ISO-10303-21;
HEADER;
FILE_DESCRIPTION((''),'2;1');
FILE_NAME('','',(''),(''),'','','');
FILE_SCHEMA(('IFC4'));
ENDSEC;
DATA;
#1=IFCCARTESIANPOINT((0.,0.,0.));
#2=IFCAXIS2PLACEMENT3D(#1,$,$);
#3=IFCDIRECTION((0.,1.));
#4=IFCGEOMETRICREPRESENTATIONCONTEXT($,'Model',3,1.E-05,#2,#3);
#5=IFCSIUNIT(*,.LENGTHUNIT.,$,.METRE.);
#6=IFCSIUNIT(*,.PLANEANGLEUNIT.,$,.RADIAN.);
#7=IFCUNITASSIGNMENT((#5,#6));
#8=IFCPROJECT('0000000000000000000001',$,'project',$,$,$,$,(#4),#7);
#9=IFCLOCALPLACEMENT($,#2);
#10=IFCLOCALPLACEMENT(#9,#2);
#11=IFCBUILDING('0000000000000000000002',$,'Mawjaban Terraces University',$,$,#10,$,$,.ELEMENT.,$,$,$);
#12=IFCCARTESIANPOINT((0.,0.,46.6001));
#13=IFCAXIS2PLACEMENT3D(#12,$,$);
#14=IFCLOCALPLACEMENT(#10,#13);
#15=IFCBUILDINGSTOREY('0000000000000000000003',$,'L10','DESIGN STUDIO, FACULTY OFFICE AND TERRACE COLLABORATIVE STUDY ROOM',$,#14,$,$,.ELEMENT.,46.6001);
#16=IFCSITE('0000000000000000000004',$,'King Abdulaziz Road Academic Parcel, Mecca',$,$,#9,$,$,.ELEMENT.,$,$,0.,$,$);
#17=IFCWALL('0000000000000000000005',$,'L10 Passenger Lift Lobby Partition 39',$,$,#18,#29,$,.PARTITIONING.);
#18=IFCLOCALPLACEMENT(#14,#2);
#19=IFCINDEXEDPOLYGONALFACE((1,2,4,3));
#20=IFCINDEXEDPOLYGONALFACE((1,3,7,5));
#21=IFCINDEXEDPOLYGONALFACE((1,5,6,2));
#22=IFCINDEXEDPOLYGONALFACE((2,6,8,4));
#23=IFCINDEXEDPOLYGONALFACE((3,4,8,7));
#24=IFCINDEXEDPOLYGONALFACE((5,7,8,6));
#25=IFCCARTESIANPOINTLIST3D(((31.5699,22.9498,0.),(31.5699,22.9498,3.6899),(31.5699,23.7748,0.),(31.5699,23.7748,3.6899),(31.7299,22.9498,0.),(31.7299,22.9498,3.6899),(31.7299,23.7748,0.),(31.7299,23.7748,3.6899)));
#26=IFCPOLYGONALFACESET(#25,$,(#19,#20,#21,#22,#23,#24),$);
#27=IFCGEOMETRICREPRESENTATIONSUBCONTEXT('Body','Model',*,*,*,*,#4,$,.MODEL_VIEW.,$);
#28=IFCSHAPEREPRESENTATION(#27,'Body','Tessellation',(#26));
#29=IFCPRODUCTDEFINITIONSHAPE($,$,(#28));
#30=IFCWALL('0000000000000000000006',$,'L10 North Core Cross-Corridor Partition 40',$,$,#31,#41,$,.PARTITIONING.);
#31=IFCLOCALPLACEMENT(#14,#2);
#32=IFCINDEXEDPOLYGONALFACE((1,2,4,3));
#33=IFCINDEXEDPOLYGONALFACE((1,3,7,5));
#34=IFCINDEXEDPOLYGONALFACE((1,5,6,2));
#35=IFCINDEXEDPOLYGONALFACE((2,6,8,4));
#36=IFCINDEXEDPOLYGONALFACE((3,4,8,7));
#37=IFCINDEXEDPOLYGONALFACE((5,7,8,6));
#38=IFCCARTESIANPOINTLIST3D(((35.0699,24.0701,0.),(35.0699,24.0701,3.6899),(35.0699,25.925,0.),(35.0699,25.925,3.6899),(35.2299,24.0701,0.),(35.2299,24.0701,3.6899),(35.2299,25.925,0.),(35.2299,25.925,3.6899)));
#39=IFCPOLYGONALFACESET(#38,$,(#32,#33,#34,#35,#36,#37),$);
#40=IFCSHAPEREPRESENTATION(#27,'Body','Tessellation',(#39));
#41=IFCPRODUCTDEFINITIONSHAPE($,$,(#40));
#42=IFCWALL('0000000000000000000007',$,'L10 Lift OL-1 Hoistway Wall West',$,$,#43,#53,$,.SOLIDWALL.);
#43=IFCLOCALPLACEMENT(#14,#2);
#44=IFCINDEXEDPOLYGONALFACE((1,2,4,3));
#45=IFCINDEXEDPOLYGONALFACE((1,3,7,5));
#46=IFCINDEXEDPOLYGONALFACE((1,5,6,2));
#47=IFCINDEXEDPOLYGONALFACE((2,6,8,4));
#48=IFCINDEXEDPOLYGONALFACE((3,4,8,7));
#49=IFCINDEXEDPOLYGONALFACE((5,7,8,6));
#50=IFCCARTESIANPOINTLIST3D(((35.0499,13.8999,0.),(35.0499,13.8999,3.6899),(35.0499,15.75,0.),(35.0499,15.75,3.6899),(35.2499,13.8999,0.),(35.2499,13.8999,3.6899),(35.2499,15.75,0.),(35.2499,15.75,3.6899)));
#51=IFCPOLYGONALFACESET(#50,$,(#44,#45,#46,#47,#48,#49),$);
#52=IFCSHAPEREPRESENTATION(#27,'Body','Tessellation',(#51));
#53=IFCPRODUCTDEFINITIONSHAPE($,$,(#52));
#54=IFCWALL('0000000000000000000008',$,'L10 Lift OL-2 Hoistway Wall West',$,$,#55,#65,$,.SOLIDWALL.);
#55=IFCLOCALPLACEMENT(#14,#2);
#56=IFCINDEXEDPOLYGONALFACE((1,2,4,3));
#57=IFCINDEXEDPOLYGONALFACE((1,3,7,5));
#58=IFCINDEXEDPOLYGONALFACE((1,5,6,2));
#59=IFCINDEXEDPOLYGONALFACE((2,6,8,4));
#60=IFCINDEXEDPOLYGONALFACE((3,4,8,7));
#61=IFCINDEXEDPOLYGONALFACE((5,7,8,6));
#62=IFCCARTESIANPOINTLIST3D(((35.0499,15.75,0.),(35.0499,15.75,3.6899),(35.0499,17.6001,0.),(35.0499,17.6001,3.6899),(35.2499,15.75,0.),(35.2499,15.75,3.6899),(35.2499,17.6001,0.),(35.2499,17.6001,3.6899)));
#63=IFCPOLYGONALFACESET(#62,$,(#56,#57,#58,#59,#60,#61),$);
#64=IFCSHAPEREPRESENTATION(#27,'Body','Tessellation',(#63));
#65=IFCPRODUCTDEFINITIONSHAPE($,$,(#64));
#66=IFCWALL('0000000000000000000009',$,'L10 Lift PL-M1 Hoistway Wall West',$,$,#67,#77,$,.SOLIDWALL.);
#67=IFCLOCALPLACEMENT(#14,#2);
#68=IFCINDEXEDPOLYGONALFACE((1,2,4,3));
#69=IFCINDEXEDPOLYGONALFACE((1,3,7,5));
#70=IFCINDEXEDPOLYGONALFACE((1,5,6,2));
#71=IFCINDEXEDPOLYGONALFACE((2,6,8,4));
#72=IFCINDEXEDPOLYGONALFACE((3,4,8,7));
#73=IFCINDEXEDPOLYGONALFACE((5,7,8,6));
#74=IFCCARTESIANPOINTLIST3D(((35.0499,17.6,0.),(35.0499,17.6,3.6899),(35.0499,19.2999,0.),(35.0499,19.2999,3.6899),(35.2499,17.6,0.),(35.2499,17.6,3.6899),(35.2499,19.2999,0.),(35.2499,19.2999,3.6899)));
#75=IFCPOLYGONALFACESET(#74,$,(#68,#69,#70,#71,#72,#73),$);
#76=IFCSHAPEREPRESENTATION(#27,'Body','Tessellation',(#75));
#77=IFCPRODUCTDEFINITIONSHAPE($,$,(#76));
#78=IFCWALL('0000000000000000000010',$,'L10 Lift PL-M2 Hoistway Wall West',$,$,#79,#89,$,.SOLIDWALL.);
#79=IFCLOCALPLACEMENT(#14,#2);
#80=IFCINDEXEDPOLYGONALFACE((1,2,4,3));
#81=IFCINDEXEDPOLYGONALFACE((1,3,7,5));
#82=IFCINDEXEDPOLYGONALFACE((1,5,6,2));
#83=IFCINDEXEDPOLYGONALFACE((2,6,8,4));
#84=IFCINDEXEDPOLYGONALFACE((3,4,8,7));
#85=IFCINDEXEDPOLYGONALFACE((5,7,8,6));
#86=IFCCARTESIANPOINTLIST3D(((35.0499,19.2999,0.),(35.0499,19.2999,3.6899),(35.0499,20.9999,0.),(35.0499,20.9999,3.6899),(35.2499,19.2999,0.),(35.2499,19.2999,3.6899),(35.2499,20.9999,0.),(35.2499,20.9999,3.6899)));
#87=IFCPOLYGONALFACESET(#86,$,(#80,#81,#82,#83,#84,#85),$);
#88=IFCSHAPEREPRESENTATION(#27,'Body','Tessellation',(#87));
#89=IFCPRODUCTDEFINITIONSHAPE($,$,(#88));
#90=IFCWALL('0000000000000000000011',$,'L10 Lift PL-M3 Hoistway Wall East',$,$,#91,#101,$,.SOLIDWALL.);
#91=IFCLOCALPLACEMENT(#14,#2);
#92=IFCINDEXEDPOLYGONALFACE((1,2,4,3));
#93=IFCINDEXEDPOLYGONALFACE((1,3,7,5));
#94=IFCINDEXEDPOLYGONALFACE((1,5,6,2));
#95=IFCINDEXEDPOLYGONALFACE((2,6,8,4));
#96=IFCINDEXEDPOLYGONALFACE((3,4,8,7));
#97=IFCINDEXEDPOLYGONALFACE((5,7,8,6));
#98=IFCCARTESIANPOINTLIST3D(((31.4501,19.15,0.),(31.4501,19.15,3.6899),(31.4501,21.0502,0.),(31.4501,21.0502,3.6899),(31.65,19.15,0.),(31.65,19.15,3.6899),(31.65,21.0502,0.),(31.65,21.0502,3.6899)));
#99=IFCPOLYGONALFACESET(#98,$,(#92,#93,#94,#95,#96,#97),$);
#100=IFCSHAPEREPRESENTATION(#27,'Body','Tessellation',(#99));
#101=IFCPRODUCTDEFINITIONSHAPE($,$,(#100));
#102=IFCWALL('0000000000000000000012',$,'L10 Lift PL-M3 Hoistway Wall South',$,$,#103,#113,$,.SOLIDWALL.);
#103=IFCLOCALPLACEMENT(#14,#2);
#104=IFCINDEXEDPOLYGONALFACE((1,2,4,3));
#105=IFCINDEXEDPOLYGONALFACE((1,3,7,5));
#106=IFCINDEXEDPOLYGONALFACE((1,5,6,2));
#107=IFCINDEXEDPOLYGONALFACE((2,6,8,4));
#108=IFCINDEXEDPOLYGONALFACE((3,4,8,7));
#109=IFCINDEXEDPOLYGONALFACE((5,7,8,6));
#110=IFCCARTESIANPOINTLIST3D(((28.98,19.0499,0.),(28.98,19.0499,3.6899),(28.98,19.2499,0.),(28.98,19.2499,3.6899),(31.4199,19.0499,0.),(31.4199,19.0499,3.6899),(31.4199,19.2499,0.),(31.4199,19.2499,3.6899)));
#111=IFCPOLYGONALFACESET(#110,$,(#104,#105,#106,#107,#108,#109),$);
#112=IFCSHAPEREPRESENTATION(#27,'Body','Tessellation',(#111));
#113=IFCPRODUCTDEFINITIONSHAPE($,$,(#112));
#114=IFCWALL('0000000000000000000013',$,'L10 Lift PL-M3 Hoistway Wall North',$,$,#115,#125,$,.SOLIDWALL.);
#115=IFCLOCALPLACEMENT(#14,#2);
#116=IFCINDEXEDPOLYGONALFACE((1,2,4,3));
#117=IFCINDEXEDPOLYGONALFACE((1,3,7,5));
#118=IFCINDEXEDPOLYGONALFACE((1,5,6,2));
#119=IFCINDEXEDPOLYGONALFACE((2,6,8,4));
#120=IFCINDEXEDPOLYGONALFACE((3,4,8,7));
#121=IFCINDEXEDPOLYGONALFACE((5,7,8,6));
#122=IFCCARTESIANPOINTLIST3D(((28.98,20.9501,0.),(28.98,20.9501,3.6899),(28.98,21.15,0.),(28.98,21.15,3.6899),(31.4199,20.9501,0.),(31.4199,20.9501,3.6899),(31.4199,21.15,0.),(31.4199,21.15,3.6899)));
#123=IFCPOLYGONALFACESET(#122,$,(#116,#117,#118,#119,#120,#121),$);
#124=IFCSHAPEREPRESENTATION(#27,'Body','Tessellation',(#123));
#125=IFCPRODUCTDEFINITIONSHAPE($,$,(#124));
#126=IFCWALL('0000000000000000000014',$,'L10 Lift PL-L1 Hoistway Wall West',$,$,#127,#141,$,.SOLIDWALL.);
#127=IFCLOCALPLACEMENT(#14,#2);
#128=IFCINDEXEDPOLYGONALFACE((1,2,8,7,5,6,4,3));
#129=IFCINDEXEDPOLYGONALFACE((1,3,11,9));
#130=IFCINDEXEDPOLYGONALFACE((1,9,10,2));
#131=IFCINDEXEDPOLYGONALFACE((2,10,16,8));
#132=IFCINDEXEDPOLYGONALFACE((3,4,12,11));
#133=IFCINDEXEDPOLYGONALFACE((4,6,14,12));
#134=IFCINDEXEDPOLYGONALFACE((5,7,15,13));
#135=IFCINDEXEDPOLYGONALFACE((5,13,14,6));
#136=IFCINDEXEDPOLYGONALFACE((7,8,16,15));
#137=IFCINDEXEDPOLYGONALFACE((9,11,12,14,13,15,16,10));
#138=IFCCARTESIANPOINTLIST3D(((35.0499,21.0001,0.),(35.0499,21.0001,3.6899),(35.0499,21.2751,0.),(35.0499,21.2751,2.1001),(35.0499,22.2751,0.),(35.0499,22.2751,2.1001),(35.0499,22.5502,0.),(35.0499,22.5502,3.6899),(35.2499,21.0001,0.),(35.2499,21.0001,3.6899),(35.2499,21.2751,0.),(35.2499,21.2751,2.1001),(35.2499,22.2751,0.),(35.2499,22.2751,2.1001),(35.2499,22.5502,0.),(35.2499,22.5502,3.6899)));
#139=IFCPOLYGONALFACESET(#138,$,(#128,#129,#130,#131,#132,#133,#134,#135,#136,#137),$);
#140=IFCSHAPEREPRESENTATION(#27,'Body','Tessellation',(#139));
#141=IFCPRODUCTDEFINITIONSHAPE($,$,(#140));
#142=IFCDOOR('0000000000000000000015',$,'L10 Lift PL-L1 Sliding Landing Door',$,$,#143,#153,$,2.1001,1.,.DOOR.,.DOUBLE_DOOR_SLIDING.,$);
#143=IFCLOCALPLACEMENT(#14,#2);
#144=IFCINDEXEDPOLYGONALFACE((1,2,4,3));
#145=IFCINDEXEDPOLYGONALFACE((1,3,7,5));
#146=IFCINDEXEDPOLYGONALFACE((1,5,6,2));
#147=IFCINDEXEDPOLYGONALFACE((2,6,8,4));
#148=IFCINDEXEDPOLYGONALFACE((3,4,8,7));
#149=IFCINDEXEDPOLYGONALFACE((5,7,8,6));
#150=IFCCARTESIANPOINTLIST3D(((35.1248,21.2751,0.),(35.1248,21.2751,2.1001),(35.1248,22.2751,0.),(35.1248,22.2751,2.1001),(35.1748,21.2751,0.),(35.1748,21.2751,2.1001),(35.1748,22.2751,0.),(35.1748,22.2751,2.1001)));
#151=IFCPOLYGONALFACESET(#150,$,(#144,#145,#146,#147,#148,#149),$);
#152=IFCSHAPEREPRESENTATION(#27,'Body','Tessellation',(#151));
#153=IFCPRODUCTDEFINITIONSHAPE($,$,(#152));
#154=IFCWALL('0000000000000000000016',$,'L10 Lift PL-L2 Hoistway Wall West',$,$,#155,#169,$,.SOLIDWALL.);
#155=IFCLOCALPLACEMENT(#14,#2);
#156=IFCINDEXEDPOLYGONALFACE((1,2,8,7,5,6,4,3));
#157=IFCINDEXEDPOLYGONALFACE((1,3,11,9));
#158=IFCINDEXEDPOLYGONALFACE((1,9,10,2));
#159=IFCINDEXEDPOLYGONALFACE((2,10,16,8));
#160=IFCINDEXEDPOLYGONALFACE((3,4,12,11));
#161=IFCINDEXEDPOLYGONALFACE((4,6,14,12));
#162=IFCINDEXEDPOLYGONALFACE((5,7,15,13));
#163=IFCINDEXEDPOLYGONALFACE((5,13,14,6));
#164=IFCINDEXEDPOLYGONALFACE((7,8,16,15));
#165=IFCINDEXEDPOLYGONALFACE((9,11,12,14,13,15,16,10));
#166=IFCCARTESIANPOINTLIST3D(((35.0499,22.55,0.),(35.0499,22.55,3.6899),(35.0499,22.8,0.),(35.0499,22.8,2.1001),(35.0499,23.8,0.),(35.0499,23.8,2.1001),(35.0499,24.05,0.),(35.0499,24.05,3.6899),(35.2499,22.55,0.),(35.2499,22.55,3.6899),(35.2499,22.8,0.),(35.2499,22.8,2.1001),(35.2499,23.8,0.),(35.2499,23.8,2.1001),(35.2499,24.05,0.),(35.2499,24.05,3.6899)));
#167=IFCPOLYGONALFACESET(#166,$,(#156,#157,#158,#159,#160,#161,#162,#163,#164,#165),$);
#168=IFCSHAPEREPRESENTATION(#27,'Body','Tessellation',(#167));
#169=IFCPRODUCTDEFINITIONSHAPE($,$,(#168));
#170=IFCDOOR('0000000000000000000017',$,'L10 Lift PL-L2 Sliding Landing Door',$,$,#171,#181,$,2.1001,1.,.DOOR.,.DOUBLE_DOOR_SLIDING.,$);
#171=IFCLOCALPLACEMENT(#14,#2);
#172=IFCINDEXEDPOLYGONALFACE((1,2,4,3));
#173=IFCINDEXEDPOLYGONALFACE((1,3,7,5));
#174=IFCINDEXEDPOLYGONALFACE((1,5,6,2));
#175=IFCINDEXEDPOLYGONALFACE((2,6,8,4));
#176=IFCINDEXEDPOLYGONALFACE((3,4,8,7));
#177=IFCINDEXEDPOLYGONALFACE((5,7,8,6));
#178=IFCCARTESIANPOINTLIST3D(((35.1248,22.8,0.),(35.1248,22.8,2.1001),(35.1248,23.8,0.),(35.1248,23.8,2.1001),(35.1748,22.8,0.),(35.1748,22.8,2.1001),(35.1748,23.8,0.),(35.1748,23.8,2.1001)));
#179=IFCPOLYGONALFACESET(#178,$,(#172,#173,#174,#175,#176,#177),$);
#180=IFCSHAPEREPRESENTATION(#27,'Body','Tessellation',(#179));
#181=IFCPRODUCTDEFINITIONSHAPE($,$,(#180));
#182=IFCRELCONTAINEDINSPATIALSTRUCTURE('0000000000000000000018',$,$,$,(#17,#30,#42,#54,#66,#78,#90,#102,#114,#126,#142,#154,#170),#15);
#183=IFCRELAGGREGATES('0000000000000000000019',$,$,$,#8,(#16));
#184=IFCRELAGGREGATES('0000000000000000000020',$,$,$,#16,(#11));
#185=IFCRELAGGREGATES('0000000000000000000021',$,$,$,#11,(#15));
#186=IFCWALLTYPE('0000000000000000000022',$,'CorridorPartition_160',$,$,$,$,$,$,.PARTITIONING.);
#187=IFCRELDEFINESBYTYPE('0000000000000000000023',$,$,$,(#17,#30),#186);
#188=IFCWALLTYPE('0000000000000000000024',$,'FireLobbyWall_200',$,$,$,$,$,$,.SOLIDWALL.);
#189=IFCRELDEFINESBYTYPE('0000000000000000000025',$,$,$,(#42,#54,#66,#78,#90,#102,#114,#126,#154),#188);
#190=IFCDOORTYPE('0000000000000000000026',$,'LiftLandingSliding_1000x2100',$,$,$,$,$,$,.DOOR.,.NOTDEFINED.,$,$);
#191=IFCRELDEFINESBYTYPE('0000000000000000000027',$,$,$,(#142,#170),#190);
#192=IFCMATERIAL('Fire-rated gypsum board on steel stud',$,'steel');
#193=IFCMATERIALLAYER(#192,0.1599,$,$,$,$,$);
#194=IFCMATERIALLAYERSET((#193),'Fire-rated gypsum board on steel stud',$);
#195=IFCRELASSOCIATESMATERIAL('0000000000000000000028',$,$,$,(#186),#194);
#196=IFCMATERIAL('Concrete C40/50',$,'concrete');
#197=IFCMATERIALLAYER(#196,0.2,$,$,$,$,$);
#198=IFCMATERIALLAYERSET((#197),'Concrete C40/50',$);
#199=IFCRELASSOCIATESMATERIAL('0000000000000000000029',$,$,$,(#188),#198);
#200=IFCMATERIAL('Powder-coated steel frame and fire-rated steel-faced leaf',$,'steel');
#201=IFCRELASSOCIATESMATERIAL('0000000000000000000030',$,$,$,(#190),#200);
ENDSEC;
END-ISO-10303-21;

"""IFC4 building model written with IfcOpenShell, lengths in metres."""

from ifc_helpers import new_model, si_unit, direction, frame, frame_2d, origin, place, context, subcontext, project, spatial, rectangle, extrude, material, layer, layer_set, type_object, element, fill, save


model = new_model("IFC4")

# Units and contexts
model_context = context("Model", 3, precision=1e-05, world=origin(), true_north=direction((0.0, 1.0)))
body_context = subcontext(model_context, "Body", "Model", "MODEL_VIEW")
ifc_project = project(units=[si_unit("LENGTHUNIT", "METRE"), si_unit("PLANEANGLEUNIT", "RADIAN")], contexts=[model_context])

# Site, building, storey
site_placement = place(None, origin())
site = spatial("IfcSite", under=ifc_project, at=site_placement, Name="King Abdulaziz Road Academic Parcel, Mecca", CompositionType="ELEMENT", RefElevation=0.0)
building_placement = place(site_placement, origin())
building = spatial("IfcBuilding", under=site, at=building_placement, Name="Mawjaban Terraces University", CompositionType="ELEMENT")
storey_placement = place(building_placement, frame((0.0, 0.0, 46.6001)))
storey = spatial("IfcBuildingStorey", under=building, at=storey_placement, Name="L10", Description="DESIGN STUDIO, FACULTY OFFICE AND TERRACE COLLABORATIVE STUDY ROOM", CompositionType="ELEMENT", Elevation=46.6001)

# Walls
ifc_material_1 = material(Name="Fire-rated gypsum board on steel stud", Category="steel")
ifc_layer_1 = layer(ifc_material_1, 0.1599)
ifc_layer_set_1 = layer_set([ifc_layer_1], Name="Fire-rated gypsum board on steel stud")
wall_type_1 = type_object("IfcWallType", Name="CorridorPartition_160", PredefinedType="PARTITIONING", material=ifc_layer_set_1)
wall_1_placement = place(storey_placement, frame((31.6499, 23.7749, 0.0), z_axis=(0.0, 0.0, 1.0), x_axis=(0.0, -1.0, 0.0)))
element("IfcWall", 1, at=wall_1_placement, inside=storey, type_object=wall_type_1, Name="L10 Passenger Lift Lobby Partition 39", PredefinedType="PARTITIONING", context=body_context, shape_type="SweptSolid", body=[
    extrude(rectangle(XDim=0.825, YDim=0.1599, at=frame_2d((0.4126, 0.0))), origin(), (0.0, 0.0, 1.0), 3.6899),
])
wall_2_placement = place(storey_placement, frame((35.1499, 24.0701, 0.0), z_axis=(0.0, 0.0, 1.0), x_axis=(0.0, 1.0, 0.0)))
element("IfcWall", 2, at=wall_2_placement, inside=storey, type_object=wall_type_1, Name="L10 North Core Cross-Corridor Partition 40", PredefinedType="PARTITIONING", context=body_context, shape_type="SweptSolid", body=[
    extrude(rectangle(XDim=1.855, YDim=0.1599, at=frame_2d((0.9275, 0.0))), origin(), (0.0, 0.0, 1.0), 3.6899),
])
ifc_material_2 = material(Name="Concrete C40/50", Category="concrete")
ifc_layer_2 = layer(ifc_material_2, 0.2)
ifc_layer_set_2 = layer_set([ifc_layer_2], Name="Concrete C40/50")
wall_type_2 = type_object("IfcWallType", Name="FireLobbyWall_200", PredefinedType="SOLIDWALL", material=ifc_layer_set_2)
for number, where, z_axis, x_axis, name in (
    (3, (35.1499, 15.75, 0.0), (0.0, 0.0, 1.0), (0.0, -1.0, 0.0), "L10 Lift OL-1 Hoistway Wall West"),
    (4, (35.1499, 17.6001, 0.0), (0.0, 0.0, 1.0), (0.0, -1.0, 0.0), "L10 Lift OL-2 Hoistway Wall West"),
):
    element("IfcWall", number, at=place(storey_placement, frame(where, z_axis=z_axis, x_axis=x_axis)), inside=storey, type_object=wall_type_2, Name=name, PredefinedType="SOLIDWALL", context=body_context, shape_type="SweptSolid", body=[
        extrude(rectangle(XDim=1.8501, YDim=0.2, at=frame_2d((0.925, 0.0))), origin(), (0.0, 0.0, 1.0), 3.6899),
    ])
for number, where, z_axis, x_axis, name in (
    (5, (35.1499, 19.3, 0.0), (0.0, 0.0, 1.0), (0.0, -1.0, 0.0), "L10 Lift PL-M1 Hoistway Wall West"),
    (6, (35.1499, 21.0, 0.0), (0.0, 0.0, 1.0), (0.0, -1.0, 0.0), "L10 Lift PL-M2 Hoistway Wall West"),
):
    element("IfcWall", number, at=place(storey_placement, frame(where, z_axis=z_axis, x_axis=x_axis)), inside=storey, type_object=wall_type_2, Name=name, PredefinedType="SOLIDWALL", context=body_context, shape_type="SweptSolid", body=[
        extrude(rectangle(XDim=1.7, YDim=0.2, at=frame_2d((0.8501, 0.0))), origin(), (0.0, 0.0, 1.0), 3.6899),
    ])
wall_3_placement = place(storey_placement, frame((31.55, 19.1499, 0.0), z_axis=(0.0, 0.0, 1.0), x_axis=(0.0, 1.0, 0.0)))
element("IfcWall", 7, at=wall_3_placement, inside=storey, type_object=wall_type_2, Name="L10 Lift PL-M3 Hoistway Wall East", PredefinedType="SOLIDWALL", context=body_context, shape_type="SweptSolid", body=[
    extrude(rectangle(XDim=1.9001, YDim=0.2, at=frame_2d((0.9502, 0.0))), origin(), (0.0, 0.0, 1.0), 3.6899),
])
for number, where, z_axis, x_axis, name in (
    (8, (28.98, 19.1499, 0.0), (0.0, 0.0, 1.0), (1.0, 0.0, 0.0), "L10 Lift PL-M3 Hoistway Wall South"),
    (9, (31.4199, 21.05, 0.0), (0.0, 0.0, 1.0), (-1.0, 0.0, 0.0), "L10 Lift PL-M3 Hoistway Wall North"),
):
    element("IfcWall", number, at=place(storey_placement, frame(where, z_axis=z_axis, x_axis=x_axis)), inside=storey, type_object=wall_type_2, Name=name, PredefinedType="SOLIDWALL", context=body_context, shape_type="SweptSolid", body=[
        extrude(rectangle(XDim=2.4399, YDim=0.2, at=frame_2d((1.22, 0.0))), origin(), (0.0, 0.0, 1.0), 3.6899),
    ])

# Walls, openings, doors
wall_4_placement = place(storey_placement, frame((35.1499, 22.55, 0.0), z_axis=(0.0, 0.0, 1.0), x_axis=(0.0, -1.0, 0.0)))
wall_4 = element("IfcWall", 10, at=wall_4_placement, inside=storey, type_object=wall_type_2, Name="L10 Lift PL-L1 Hoistway Wall West", PredefinedType="SOLIDWALL", context=body_context, shape_type="SweptSolid", body=[
    extrude(rectangle(XDim=1.55, YDim=0.2, at=frame_2d((0.7749, 0.0))), origin(), (0.0, 0.0, 1.0), 3.6899),
])
opening_1_placement = place(wall_4_placement, frame((0.2749, 0.0, 0.0)))
opening_1 = element("IfcOpeningElement", 11, at=opening_1_placement, cuts=wall_4, PredefinedType="OPENING", context=body_context, shape_type="SweptSolid", body=[
    extrude(rectangle(XDim=1.0, YDim=2.1001, at=frame_2d((0.5, 1.05))), frame((0.0, 0.1099, 0.0), z_axis=(0.0, -1.0, 0.0), x_axis=(1.0, 0.0, 0.0)), (0.0, 0.0, 1.0), 0.22),
])
ifc_material_3 = material(Name="Powder-coated steel frame and fire-rated steel-faced leaf", Category="steel")
door_type_1 = type_object("IfcDoorType", Name="LiftLandingSliding_1000x2100", OperationType="NOTDEFINED", PredefinedType="DOOR", material=ifc_material_3)
door_1_placement = place(opening_1_placement, origin())
door_1 = element("IfcDoor", 12, at=door_1_placement, inside=storey, type_object=door_type_1, Name="L10 Lift PL-L1 Sliding Landing Door", OperationType="DOUBLE_DOOR_SLIDING", OverallHeight=2.1001, OverallWidth=1.0, PredefinedType="DOOR", context=body_context, shape_type="SweptSolid", body=[
    extrude(rectangle(XDim=1.0, YDim=2.1001, at=frame_2d((0.5, 1.05))), frame((0.0, 0.0249, 0.0), z_axis=(0.0, -1.0, 0.0), x_axis=(1.0, 0.0, 0.0)), (0.0, 0.0, 1.0), 0.05),
])
fill(opening_1, door_1)
wall_5_placement = place(storey_placement, frame((35.1499, 24.05, 0.0), z_axis=(0.0, 0.0, 1.0), x_axis=(0.0, -1.0, 0.0)))
wall_5 = element("IfcWall", 13, at=wall_5_placement, inside=storey, type_object=wall_type_2, Name="L10 Lift PL-L2 Hoistway Wall West", PredefinedType="SOLIDWALL", context=body_context, shape_type="SweptSolid", body=[
    extrude(rectangle(XDim=1.5, YDim=0.2, at=frame_2d((0.75, 0.0))), origin(), (0.0, 0.0, 1.0), 3.6899),
])
opening_2_placement = place(wall_5_placement, frame((0.25, 0.0, 0.0)))
opening_2 = element("IfcOpeningElement", 14, at=opening_2_placement, cuts=wall_5, PredefinedType="OPENING", context=body_context, shape_type="SweptSolid", body=[
    extrude(rectangle(XDim=1.0, YDim=2.1001, at=frame_2d((0.5, 1.05))), frame((0.0, 0.1099, 0.0), z_axis=(0.0, -1.0, 0.0), x_axis=(1.0, 0.0, 0.0)), (0.0, 0.0, 1.0), 0.22),
])
door_2_placement = place(opening_2_placement, origin())
door_2 = element("IfcDoor", 15, at=door_2_placement, inside=storey, type_object=door_type_1, Name="L10 Lift PL-L2 Sliding Landing Door", OperationType="DOUBLE_DOOR_SLIDING", OverallHeight=2.1001, OverallWidth=1.0, PredefinedType="DOOR", context=body_context, shape_type="SweptSolid", body=[
    extrude(rectangle(XDim=1.0, YDim=2.1001, at=frame_2d((0.5, 1.05))), frame((0.0, 0.0249, 0.0), z_axis=(0.0, -1.0, 0.0), x_axis=(1.0, 0.0, 0.0)), (0.0, 0.0, 1.0), 0.05),
])
fill(opening_2, door_2)

save(model, "model.ifc")
